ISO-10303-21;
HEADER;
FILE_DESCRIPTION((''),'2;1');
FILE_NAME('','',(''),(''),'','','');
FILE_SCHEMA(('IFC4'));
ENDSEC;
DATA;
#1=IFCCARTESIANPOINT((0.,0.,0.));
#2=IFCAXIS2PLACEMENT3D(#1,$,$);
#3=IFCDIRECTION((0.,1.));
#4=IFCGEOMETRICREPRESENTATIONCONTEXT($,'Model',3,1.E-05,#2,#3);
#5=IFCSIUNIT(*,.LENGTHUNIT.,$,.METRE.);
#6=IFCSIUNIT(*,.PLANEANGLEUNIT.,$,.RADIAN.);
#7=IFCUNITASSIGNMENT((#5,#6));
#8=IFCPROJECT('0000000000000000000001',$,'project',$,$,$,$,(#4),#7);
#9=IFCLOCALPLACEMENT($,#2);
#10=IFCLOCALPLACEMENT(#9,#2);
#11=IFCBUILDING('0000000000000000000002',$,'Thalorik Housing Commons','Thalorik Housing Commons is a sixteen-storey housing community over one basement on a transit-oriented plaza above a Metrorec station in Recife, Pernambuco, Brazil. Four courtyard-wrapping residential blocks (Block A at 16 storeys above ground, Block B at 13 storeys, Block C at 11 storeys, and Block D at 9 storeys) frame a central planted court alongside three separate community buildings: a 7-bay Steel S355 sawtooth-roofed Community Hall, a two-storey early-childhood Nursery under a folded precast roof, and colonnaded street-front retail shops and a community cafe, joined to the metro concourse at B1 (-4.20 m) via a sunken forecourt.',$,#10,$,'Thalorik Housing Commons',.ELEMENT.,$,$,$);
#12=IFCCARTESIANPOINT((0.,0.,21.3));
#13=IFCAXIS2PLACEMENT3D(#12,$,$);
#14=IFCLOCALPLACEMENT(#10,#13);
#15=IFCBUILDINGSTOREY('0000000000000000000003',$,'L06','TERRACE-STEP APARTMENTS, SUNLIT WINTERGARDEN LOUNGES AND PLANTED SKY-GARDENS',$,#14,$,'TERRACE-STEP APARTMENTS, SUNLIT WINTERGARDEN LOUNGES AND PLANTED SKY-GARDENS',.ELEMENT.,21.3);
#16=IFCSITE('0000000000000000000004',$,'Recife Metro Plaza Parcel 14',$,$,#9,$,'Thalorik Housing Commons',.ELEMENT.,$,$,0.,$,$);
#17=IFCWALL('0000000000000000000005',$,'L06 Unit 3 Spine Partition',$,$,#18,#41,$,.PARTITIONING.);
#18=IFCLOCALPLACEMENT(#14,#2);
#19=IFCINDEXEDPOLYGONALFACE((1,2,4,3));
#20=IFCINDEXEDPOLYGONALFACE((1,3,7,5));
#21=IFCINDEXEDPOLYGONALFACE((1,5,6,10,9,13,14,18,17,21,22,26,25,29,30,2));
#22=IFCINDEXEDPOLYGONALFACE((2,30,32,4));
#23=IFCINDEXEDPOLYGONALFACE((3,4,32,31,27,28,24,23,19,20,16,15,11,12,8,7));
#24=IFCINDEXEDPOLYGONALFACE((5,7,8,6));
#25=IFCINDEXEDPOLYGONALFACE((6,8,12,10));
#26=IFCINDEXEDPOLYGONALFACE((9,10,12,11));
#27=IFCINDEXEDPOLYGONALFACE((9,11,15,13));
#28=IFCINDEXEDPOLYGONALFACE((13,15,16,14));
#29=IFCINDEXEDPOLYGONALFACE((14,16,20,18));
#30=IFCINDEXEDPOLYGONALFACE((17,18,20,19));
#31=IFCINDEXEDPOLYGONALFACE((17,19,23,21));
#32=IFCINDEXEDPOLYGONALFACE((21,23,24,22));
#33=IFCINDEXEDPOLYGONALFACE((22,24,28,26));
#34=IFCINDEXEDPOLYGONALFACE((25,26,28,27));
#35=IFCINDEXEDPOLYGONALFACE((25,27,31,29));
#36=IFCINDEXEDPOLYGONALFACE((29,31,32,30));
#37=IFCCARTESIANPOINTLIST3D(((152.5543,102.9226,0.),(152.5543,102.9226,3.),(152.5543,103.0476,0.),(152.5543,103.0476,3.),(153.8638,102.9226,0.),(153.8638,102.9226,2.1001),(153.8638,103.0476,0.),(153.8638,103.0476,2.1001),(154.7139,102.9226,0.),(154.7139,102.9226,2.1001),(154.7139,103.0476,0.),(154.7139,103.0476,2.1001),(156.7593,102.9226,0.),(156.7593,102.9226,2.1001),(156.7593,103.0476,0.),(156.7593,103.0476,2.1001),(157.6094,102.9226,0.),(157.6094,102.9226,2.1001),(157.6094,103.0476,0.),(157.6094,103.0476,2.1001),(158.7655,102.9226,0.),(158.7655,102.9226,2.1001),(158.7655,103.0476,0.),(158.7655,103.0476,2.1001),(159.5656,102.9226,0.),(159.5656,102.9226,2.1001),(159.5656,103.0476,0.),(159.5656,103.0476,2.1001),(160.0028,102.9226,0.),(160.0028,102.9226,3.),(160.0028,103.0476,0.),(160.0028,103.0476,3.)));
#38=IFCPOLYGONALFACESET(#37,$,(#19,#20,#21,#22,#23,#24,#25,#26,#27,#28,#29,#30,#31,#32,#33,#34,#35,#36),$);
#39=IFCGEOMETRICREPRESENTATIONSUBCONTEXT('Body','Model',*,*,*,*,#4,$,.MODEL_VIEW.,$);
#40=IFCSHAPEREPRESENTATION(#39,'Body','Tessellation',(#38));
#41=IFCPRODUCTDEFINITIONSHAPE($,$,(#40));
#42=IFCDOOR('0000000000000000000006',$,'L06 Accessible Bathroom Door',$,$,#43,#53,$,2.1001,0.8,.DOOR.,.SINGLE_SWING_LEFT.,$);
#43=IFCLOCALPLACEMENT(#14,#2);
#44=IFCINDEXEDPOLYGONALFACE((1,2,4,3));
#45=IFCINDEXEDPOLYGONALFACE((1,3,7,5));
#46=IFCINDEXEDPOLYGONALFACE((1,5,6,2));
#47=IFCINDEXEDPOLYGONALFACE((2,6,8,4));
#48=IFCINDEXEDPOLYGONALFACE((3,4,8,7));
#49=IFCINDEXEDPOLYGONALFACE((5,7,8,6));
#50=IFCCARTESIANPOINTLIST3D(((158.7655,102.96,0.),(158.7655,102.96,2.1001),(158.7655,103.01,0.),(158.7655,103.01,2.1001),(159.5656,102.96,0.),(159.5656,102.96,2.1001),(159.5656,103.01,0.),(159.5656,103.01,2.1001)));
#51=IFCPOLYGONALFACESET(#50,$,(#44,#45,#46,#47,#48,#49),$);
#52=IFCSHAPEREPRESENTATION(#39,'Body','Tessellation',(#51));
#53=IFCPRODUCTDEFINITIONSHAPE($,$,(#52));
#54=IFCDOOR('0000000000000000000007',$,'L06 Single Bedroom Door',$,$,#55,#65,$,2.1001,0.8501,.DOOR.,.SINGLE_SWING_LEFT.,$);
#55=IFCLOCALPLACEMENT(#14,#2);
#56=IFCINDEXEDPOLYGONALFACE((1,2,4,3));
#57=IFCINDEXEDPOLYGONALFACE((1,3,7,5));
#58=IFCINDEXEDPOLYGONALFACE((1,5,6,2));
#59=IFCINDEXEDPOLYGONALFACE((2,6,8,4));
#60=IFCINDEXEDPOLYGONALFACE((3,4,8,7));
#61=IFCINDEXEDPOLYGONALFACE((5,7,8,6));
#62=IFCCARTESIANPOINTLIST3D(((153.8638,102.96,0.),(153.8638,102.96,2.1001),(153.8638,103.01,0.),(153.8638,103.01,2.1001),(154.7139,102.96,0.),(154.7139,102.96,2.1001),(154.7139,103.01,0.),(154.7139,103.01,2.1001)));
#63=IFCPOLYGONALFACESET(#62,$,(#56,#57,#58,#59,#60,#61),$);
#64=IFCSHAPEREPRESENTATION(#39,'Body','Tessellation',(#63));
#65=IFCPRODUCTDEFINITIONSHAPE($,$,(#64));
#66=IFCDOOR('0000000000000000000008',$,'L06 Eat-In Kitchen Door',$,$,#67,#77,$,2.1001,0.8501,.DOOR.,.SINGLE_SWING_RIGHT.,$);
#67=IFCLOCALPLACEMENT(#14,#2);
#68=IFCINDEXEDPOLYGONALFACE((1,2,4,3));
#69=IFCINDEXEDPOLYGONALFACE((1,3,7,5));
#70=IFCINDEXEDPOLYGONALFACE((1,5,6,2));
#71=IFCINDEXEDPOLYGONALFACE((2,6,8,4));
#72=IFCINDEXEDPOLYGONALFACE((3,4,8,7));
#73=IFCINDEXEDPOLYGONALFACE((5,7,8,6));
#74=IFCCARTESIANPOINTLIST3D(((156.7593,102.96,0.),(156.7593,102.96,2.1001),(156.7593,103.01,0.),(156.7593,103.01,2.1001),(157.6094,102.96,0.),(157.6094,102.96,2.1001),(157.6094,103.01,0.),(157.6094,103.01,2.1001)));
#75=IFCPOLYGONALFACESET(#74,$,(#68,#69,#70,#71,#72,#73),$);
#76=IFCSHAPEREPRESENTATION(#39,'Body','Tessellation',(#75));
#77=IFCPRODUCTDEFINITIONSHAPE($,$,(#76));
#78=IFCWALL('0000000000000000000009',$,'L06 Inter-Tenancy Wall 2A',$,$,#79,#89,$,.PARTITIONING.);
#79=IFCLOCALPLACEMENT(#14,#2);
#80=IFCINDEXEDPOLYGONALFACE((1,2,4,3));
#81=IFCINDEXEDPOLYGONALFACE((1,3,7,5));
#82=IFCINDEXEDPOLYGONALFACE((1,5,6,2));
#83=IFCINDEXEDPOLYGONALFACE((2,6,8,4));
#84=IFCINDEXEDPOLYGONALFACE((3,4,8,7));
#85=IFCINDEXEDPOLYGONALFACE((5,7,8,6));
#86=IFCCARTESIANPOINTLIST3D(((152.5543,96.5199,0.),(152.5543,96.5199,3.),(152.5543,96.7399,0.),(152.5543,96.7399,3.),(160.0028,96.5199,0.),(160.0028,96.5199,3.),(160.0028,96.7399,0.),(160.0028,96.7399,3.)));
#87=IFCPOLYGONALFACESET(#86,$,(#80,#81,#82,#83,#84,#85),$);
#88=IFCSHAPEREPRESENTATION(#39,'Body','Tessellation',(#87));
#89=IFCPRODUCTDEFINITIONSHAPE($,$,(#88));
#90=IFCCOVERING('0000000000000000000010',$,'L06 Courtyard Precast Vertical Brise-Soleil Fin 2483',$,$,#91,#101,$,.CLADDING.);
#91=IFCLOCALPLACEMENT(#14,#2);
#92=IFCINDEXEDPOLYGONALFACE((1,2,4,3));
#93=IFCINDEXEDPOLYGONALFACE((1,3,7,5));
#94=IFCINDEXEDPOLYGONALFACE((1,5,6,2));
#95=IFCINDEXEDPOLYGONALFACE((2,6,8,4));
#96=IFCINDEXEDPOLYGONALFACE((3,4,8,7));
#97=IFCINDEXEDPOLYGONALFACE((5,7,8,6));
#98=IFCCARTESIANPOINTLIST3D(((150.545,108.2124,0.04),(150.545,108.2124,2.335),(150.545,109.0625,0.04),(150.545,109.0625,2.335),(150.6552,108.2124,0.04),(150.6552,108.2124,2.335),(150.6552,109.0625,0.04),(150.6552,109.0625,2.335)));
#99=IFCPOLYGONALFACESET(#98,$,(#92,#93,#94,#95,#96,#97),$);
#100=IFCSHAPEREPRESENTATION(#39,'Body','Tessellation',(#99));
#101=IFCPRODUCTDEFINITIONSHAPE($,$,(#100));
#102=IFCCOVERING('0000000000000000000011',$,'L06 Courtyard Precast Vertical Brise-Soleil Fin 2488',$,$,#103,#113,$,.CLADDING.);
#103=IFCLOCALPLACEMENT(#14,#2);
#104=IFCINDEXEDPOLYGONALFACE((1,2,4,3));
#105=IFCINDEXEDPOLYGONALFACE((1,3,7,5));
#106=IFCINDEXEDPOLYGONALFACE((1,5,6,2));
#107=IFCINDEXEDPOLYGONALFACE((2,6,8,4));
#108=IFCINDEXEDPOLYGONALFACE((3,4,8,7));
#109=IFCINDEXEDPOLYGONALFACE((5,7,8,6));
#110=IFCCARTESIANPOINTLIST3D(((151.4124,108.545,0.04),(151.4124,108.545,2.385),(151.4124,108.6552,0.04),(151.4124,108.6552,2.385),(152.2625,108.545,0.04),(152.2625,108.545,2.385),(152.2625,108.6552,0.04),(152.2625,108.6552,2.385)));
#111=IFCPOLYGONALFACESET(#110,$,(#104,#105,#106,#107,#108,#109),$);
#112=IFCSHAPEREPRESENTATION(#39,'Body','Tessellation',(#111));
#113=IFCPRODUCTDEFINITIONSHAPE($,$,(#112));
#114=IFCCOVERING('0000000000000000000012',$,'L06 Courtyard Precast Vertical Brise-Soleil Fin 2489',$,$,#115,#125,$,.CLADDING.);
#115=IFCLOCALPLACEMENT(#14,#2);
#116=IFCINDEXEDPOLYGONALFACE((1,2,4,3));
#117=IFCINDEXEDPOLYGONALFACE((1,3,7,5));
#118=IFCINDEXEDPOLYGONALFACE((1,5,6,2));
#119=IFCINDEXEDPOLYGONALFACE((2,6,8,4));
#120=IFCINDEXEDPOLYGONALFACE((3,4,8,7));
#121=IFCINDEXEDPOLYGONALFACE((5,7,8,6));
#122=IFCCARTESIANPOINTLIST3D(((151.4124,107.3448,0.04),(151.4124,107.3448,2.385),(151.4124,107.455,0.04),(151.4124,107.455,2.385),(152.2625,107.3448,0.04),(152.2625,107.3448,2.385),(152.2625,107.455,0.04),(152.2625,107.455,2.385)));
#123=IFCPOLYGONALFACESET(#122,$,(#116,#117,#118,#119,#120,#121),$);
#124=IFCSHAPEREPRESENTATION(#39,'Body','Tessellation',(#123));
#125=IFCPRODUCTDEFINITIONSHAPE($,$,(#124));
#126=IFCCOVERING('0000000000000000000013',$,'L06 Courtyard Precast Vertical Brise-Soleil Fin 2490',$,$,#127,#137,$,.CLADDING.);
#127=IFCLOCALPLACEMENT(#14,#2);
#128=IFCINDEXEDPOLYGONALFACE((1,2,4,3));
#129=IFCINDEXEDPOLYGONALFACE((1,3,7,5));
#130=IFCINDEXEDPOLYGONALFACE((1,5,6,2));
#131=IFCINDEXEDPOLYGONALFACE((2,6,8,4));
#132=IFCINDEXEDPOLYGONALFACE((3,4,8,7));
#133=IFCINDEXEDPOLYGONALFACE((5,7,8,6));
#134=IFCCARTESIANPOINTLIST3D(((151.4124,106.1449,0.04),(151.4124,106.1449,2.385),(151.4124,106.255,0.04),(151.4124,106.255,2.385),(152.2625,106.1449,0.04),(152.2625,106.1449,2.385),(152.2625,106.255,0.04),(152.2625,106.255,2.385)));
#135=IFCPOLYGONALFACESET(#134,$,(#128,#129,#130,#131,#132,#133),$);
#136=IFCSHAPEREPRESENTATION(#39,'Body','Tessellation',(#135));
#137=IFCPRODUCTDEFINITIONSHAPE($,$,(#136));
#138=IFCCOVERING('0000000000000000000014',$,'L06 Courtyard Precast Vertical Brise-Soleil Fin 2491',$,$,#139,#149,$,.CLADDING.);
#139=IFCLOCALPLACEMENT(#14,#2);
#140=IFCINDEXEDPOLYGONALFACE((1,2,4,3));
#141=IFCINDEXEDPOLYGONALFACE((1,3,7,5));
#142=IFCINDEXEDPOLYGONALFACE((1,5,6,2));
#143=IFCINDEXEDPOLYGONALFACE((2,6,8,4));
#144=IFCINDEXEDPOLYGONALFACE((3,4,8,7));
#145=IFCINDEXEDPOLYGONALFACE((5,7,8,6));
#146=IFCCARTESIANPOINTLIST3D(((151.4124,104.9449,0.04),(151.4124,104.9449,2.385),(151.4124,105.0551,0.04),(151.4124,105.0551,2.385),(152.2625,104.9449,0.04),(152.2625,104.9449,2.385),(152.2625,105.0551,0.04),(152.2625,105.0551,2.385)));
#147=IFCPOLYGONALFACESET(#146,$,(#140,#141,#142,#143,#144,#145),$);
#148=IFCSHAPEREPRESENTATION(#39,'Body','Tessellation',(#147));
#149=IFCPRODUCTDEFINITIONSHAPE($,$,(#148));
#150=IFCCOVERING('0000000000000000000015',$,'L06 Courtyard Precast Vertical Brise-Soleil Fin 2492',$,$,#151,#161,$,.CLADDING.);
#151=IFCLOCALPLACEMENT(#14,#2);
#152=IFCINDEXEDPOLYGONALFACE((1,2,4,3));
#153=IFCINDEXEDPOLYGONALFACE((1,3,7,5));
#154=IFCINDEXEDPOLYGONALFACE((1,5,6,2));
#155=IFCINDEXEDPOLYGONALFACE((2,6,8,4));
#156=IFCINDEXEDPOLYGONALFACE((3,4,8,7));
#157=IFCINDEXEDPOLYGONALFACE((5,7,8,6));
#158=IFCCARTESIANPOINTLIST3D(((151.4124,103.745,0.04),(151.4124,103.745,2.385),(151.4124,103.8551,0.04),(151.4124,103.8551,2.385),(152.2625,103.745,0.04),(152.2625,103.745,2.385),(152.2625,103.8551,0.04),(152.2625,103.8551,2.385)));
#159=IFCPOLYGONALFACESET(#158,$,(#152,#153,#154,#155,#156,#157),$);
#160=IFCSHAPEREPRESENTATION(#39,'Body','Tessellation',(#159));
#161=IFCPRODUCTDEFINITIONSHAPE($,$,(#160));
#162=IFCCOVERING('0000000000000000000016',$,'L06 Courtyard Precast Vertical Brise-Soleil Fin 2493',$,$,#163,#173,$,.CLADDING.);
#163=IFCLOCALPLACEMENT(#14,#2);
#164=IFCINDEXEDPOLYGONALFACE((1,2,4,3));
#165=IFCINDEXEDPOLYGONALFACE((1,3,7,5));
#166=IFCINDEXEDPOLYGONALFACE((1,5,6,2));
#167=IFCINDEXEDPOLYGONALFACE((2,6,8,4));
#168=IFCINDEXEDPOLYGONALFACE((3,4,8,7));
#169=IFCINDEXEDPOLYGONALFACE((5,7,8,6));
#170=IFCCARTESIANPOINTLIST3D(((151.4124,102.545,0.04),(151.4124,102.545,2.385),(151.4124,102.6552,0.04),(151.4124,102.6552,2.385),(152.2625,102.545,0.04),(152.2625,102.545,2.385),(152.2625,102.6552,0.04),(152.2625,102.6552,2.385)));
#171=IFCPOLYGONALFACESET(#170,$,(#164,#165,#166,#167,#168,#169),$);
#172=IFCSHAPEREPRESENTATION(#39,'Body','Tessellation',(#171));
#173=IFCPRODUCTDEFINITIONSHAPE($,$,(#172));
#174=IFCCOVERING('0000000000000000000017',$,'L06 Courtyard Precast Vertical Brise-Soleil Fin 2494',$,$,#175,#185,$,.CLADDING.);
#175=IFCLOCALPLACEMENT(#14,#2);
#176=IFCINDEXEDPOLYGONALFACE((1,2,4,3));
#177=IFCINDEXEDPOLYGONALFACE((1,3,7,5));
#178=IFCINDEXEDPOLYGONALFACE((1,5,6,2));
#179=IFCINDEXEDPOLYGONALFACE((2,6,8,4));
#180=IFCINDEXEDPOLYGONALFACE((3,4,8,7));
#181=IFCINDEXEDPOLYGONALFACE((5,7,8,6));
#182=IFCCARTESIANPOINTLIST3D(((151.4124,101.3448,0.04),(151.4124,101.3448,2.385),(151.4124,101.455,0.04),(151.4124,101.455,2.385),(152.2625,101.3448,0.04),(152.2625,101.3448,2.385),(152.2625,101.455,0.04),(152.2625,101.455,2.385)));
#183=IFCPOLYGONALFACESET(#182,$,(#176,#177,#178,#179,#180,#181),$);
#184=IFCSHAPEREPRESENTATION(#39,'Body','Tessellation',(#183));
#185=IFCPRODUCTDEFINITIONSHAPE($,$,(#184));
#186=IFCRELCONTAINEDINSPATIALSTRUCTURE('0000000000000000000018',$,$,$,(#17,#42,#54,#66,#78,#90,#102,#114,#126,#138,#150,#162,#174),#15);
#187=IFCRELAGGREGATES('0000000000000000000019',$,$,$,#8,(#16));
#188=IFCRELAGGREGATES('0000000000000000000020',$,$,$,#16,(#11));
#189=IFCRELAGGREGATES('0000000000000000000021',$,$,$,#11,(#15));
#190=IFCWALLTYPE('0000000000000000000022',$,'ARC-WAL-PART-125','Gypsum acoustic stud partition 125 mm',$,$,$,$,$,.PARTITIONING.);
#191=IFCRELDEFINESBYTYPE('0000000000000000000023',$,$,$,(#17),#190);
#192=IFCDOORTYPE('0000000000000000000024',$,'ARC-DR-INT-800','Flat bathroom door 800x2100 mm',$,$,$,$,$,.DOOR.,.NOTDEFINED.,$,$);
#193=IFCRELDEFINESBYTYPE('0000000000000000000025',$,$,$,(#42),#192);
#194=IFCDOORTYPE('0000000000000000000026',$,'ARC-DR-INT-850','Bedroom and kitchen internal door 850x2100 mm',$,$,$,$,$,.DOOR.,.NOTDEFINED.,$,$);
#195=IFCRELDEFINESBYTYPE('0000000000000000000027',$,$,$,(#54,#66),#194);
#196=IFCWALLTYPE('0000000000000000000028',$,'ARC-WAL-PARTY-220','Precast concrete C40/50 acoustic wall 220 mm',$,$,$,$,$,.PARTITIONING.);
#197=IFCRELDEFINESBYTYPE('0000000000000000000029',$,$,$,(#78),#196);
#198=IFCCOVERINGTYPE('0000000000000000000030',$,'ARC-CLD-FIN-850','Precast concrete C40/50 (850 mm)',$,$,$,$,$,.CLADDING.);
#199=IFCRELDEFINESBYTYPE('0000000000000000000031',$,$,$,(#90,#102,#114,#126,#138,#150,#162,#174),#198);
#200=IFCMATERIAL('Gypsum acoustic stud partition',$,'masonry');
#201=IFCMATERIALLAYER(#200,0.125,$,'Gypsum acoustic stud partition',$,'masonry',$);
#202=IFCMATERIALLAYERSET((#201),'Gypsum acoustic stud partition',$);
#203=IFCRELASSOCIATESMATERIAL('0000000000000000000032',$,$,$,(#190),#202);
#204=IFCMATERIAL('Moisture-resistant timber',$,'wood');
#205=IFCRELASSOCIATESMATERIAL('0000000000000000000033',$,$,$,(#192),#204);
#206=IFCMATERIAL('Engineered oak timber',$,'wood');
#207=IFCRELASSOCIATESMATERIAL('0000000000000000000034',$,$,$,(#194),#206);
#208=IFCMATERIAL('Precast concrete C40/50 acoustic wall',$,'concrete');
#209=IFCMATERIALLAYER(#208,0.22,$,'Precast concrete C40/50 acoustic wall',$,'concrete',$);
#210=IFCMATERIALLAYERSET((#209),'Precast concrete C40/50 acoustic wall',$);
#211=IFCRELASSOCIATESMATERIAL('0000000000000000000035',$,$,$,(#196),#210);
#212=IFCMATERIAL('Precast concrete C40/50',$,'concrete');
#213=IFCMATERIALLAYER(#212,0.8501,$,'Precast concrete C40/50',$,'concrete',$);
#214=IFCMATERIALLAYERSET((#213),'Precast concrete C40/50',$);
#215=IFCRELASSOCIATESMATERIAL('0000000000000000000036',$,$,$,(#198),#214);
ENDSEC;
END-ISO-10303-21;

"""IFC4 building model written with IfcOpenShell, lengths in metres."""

from ifc_helpers import new_model, si_unit, direction, frame, frame_2d, origin, origin_2d, place, context, subcontext, project, spatial, rectangle, extrude, material, layer, layer_set, type_object, element, fill, save


model = new_model("IFC4")

# Units and contexts
model_context = context("Model", 3, precision=1e-05, world=origin(), true_north=direction((0.0, 1.0)))
body_context = subcontext(model_context, "Body", "Model", "MODEL_VIEW")
ifc_project = project(units=[si_unit("LENGTHUNIT", "METRE"), si_unit("PLANEANGLEUNIT", "RADIAN")], contexts=[model_context])

# Site, building, storey
site_placement = place(None, origin())
site = spatial("IfcSite", under=ifc_project, at=site_placement, Name="Recife Metro Plaza Parcel 14", LongName="Thalorik Housing Commons", CompositionType="ELEMENT", RefElevation=0.0)
building_placement = place(site_placement, origin())
building = spatial("IfcBuilding", under=site, at=building_placement, Name="Thalorik Housing Commons", Description="Thalorik Housing Commons is a sixteen-storey housing community over one basement on a transit-oriented plaza above a Metrorec station in Recife, Pernambuco, Brazil. Four courtyard-wrapping residential blocks (Block A at 16 storeys above ground, Block B at 13 storeys, Block C at 11 storeys, and Block D at 9 storeys) frame a central planted court alongside three separate community buildings: a 7-bay Steel S355 sawtooth-roofed Community Hall, a two-storey early-childhood Nursery under a folded precast roof, and colonnaded street-front retail shops and a community cafe, joined to the metro concourse at B1 (-4.20 m) via a sunken forecourt.", LongName="Thalorik Housing Commons", CompositionType="ELEMENT")
storey_placement = place(building_placement, frame((0.0, 0.0, 21.3)))
storey = spatial("IfcBuildingStorey", under=building, at=storey_placement, Name="L06", Description="TERRACE-STEP APARTMENTS, SUNLIT WINTERGARDEN LOUNGES AND PLANTED SKY-GARDENS", LongName="TERRACE-STEP APARTMENTS, SUNLIT WINTERGARDEN LOUNGES AND PLANTED SKY-GARDENS", CompositionType="ELEMENT", Elevation=21.3)

# Shared definitions
ifc_material_1 = material(Name="Precast concrete C40/50", Category="concrete")

# Wall, openings, doors
ifc_material_2 = material(Name="Gypsum acoustic stud partition", Category="masonry")
ifc_layer_1 = layer(ifc_material_2, 0.125, Name="Gypsum acoustic stud partition", Category="masonry")
ifc_layer_set_1 = layer_set([ifc_layer_1], Name="Gypsum acoustic stud partition")
wall_type_1 = type_object("IfcWallType", Name="ARC-WAL-PART-125", Description="Gypsum acoustic stud partition 125 mm", PredefinedType="PARTITIONING", material=ifc_layer_set_1)
wall_1_placement = place(storey_placement, frame((152.5544, 102.9851, 0.0), z_axis=(0.0, 0.0, 1.0), x_axis=(1.0, 0.0, 0.0)))
wall_1 = element("IfcWall", 1, at=wall_1_placement, inside=storey, type_object=wall_type_1, Name="L06 Unit 3 Spine Partition", PredefinedType="PARTITIONING", context=body_context, shape_type="SweptSolid", body=[
    extrude(rectangle(XDim=7.4485, YDim=0.125, at=frame_2d((3.7241, 0.0))), origin(), (0.0, 0.0, 1.0), 3.0),
])
opening_1_placement = place(wall_1_placement, frame((1.3093, 0.0, 0.0)))
opening_1 = element("IfcOpeningElement", 2, at=opening_1_placement, cuts=wall_1, PredefinedType="OPENING", context=body_context, shape_type="SweptSolid", body=[
    extrude(rectangle(XDim=0.8501, YDim=2.1001, at=frame_2d((0.425, 1.05))), frame((0.0, 0.0725, 0.0), z_axis=(0.0, -1.0, 0.0), x_axis=(1.0, 0.0, 0.0)), (0.0, 0.0, 1.0), 0.145),
])
opening_2_placement = place(wall_1_placement, frame((4.2048, 0.0, 0.0)))
opening_2 = element("IfcOpeningElement", 3, at=opening_2_placement, cuts=wall_1, PredefinedType="OPENING", context=body_context, shape_type="SweptSolid", body=[
    extrude(rectangle(XDim=0.8501, YDim=2.1001, at=frame_2d((0.425, 1.05))), frame((0.0, 0.0725, 0.0), z_axis=(0.0, -1.0, 0.0), x_axis=(1.0, 0.0, 0.0)), (0.0, 0.0, 1.0), 0.145),
])
opening_3_placement = place(wall_1_placement, frame((6.2112, 0.0, 0.0)))
opening_3 = element("IfcOpeningElement", 4, at=opening_3_placement, cuts=wall_1, PredefinedType="OPENING", context=body_context, shape_type="SweptSolid", body=[
    extrude(rectangle(XDim=0.8, YDim=2.1001, at=frame_2d((0.3999, 1.05))), frame((0.0, 0.0725, 0.0), z_axis=(0.0, -1.0, 0.0), x_axis=(1.0, 0.0, 0.0)), (0.0, 0.0, 1.0), 0.145),
])
ifc_material_3 = material(Name="Moisture-resistant timber", Category="wood")
door_type_1 = type_object("IfcDoorType", Name="ARC-DR-INT-800", Description="Flat bathroom door 800x2100 mm", OperationType="NOTDEFINED", PredefinedType="DOOR", material=ifc_material_3)
door_1_placement = place(opening_3_placement, origin())
door_1 = element("IfcDoor", 5, at=door_1_placement, inside=storey, type_object=door_type_1, Name="L06 Accessible Bathroom Door", OperationType="SINGLE_SWING_LEFT", OverallHeight=2.1001, OverallWidth=0.8, PredefinedType="DOOR", context=body_context, shape_type="SweptSolid", body=[
    extrude(rectangle(XDim=0.8, YDim=2.1001, at=frame_2d((0.3999, 1.05))), frame((0.0, 0.0249, 0.0), z_axis=(0.0, -1.0, 0.0), x_axis=(1.0, 0.0, 0.0)), (0.0, 0.0, 1.0), 0.05),
])
fill(opening_3, door_1)
ifc_material_4 = material(Name="Engineered oak timber", Category="wood")
door_type_2 = type_object("IfcDoorType", Name="ARC-DR-INT-850", Description="Bedroom and kitchen internal door 850x2100 mm", OperationType="NOTDEFINED", PredefinedType="DOOR", material=ifc_material_4)
door_2_placement = place(opening_1_placement, origin())
door_2 = element("IfcDoor", 6, at=door_2_placement, inside=storey, type_object=door_type_2, Name="L06 Single Bedroom Door", OperationType="SINGLE_SWING_LEFT", OverallHeight=2.1001, OverallWidth=0.8501, PredefinedType="DOOR", context=body_context, shape_type="SweptSolid", body=[
    extrude(rectangle(XDim=0.8501, YDim=2.1001, at=frame_2d((0.425, 1.05))), frame((0.0, 0.0249, 0.0), z_axis=(0.0, -1.0, 0.0), x_axis=(1.0, 0.0, 0.0)), (0.0, 0.0, 1.0), 0.05),
])
fill(opening_1, door_2)
door_3_placement = place(opening_2_placement, origin())
door_3 = element("IfcDoor", 7, at=door_3_placement, inside=storey, type_object=door_type_2, Name="L06 Eat-In Kitchen Door", OperationType="SINGLE_SWING_RIGHT", OverallHeight=2.1001, OverallWidth=0.8501, PredefinedType="DOOR", context=body_context, shape_type="SweptSolid", body=[
    extrude(rectangle(XDim=0.8501, YDim=2.1001, at=frame_2d((0.425, 1.05))), frame((0.0, 0.0249, 0.0), z_axis=(0.0, -1.0, 0.0), x_axis=(1.0, 0.0, 0.0)), (0.0, 0.0, 1.0), 0.05),
])
fill(opening_2, door_3)

# Wall
ifc_material_5 = material(Name="Precast concrete C40/50 acoustic wall", Category="concrete")
ifc_layer_2 = layer(ifc_material_5, 0.22, Name="Precast concrete C40/50 acoustic wall", Category="concrete")
ifc_layer_set_2 = layer_set([ifc_layer_2], Name="Precast concrete C40/50 acoustic wall")
wall_type_2 = type_object("IfcWallType", Name="ARC-WAL-PARTY-220", Description="Precast concrete C40/50 acoustic wall 220 mm", PredefinedType="PARTITIONING", material=ifc_layer_set_2)
wall_2_placement = place(storey_placement, frame((152.5544, 96.6299, 0.0), z_axis=(0.0, 0.0, 1.0), x_axis=(1.0, 0.0, 0.0)))
element("IfcWall", 8, at=wall_2_placement, inside=storey, type_object=wall_type_2, Name="L06 Inter-Tenancy Wall 2A", PredefinedType="PARTITIONING", context=body_context, shape_type="SweptSolid", body=[
    extrude(rectangle(XDim=7.4485, YDim=0.22, at=frame_2d((3.7241, 0.0))), origin(), (0.0, 0.0, 1.0), 3.0),
])

# Coverings
ifc_layer_3 = layer(ifc_material_1, 0.8501, Name="Precast concrete C40/50", Category="concrete")
ifc_layer_set_3 = layer_set([ifc_layer_3], Name="Precast concrete C40/50")
covering_type_1 = type_object("IfcCoveringType", Name="ARC-CLD-FIN-850", Description="Precast concrete C40/50 (850 mm)", PredefinedType="CLADDING", material=ifc_layer_set_3)
covering_1_placement = place(storey_placement, frame((150.6001, 108.6375, 0.04), z_axis=(0.0, 0.0, 1.0), x_axis=(1.0, 0.0, 0.0)))
element("IfcCovering", 9, at=covering_1_placement, inside=storey, type_object=covering_type_1, Name="L06 Courtyard Precast Vertical Brise-Soleil Fin 2483", PredefinedType="CLADDING", context=body_context, shape_type="SweptSolid", body=[
    extrude(rectangle(XDim=0.1101, YDim=0.8501, at=origin_2d()), origin(), (0.0, 0.0, 1.0), 2.2949),
])
for number, where, z_axis, x_axis, name in (
    (10, (151.8374, 108.6001, 0.04), (0.0, 0.0, 1.0), (0.0, -1.0, 0.0), "L06 Courtyard Precast Vertical Brise-Soleil Fin 2488"),
    (11, (151.8374, 107.3999, 0.04), (0.0, 0.0, 1.0), (0.0, -1.0, 0.0), "L06 Courtyard Precast Vertical Brise-Soleil Fin 2489"),
    (12, (151.8374, 106.2, 0.04), (0.0, 0.0, 1.0), (0.0, -1.0, 0.0), "L06 Courtyard Precast Vertical Brise-Soleil Fin 2490"),
    (13, (151.8374, 105.0, 0.04), (0.0, 0.0, 1.0), (0.0, -1.0, 0.0), "L06 Courtyard Precast Vertical Brise-Soleil Fin 2491"),
    (14, (151.8374, 103.8, 0.04), (0.0, 0.0, 1.0), (0.0, -1.0, 0.0), "L06 Courtyard Precast Vertical Brise-Soleil Fin 2492"),
    (15, (151.8374, 102.6001, 0.04), (0.0, 0.0, 1.0), (0.0, -1.0, 0.0), "L06 Courtyard Precast Vertical Brise-Soleil Fin 2493"),
    (16, (151.8374, 101.3999, 0.04), (0.0, 0.0, 1.0), (0.0, -1.0, 0.0), "L06 Courtyard Precast Vertical Brise-Soleil Fin 2494"),
):
    element("IfcCovering", number, at=place(storey_placement, frame(where, z_axis=z_axis, x_axis=x_axis)), inside=storey, type_object=covering_type_1, Name=name, PredefinedType="CLADDING", context=body_context, shape_type="SweptSolid", body=[
        extrude(rectangle(XDim=0.1101, YDim=0.8501, at=origin_2d()), origin(), (0.0, 0.0, 1.0), 2.345),
    ])

save(model, "model.ifc")
